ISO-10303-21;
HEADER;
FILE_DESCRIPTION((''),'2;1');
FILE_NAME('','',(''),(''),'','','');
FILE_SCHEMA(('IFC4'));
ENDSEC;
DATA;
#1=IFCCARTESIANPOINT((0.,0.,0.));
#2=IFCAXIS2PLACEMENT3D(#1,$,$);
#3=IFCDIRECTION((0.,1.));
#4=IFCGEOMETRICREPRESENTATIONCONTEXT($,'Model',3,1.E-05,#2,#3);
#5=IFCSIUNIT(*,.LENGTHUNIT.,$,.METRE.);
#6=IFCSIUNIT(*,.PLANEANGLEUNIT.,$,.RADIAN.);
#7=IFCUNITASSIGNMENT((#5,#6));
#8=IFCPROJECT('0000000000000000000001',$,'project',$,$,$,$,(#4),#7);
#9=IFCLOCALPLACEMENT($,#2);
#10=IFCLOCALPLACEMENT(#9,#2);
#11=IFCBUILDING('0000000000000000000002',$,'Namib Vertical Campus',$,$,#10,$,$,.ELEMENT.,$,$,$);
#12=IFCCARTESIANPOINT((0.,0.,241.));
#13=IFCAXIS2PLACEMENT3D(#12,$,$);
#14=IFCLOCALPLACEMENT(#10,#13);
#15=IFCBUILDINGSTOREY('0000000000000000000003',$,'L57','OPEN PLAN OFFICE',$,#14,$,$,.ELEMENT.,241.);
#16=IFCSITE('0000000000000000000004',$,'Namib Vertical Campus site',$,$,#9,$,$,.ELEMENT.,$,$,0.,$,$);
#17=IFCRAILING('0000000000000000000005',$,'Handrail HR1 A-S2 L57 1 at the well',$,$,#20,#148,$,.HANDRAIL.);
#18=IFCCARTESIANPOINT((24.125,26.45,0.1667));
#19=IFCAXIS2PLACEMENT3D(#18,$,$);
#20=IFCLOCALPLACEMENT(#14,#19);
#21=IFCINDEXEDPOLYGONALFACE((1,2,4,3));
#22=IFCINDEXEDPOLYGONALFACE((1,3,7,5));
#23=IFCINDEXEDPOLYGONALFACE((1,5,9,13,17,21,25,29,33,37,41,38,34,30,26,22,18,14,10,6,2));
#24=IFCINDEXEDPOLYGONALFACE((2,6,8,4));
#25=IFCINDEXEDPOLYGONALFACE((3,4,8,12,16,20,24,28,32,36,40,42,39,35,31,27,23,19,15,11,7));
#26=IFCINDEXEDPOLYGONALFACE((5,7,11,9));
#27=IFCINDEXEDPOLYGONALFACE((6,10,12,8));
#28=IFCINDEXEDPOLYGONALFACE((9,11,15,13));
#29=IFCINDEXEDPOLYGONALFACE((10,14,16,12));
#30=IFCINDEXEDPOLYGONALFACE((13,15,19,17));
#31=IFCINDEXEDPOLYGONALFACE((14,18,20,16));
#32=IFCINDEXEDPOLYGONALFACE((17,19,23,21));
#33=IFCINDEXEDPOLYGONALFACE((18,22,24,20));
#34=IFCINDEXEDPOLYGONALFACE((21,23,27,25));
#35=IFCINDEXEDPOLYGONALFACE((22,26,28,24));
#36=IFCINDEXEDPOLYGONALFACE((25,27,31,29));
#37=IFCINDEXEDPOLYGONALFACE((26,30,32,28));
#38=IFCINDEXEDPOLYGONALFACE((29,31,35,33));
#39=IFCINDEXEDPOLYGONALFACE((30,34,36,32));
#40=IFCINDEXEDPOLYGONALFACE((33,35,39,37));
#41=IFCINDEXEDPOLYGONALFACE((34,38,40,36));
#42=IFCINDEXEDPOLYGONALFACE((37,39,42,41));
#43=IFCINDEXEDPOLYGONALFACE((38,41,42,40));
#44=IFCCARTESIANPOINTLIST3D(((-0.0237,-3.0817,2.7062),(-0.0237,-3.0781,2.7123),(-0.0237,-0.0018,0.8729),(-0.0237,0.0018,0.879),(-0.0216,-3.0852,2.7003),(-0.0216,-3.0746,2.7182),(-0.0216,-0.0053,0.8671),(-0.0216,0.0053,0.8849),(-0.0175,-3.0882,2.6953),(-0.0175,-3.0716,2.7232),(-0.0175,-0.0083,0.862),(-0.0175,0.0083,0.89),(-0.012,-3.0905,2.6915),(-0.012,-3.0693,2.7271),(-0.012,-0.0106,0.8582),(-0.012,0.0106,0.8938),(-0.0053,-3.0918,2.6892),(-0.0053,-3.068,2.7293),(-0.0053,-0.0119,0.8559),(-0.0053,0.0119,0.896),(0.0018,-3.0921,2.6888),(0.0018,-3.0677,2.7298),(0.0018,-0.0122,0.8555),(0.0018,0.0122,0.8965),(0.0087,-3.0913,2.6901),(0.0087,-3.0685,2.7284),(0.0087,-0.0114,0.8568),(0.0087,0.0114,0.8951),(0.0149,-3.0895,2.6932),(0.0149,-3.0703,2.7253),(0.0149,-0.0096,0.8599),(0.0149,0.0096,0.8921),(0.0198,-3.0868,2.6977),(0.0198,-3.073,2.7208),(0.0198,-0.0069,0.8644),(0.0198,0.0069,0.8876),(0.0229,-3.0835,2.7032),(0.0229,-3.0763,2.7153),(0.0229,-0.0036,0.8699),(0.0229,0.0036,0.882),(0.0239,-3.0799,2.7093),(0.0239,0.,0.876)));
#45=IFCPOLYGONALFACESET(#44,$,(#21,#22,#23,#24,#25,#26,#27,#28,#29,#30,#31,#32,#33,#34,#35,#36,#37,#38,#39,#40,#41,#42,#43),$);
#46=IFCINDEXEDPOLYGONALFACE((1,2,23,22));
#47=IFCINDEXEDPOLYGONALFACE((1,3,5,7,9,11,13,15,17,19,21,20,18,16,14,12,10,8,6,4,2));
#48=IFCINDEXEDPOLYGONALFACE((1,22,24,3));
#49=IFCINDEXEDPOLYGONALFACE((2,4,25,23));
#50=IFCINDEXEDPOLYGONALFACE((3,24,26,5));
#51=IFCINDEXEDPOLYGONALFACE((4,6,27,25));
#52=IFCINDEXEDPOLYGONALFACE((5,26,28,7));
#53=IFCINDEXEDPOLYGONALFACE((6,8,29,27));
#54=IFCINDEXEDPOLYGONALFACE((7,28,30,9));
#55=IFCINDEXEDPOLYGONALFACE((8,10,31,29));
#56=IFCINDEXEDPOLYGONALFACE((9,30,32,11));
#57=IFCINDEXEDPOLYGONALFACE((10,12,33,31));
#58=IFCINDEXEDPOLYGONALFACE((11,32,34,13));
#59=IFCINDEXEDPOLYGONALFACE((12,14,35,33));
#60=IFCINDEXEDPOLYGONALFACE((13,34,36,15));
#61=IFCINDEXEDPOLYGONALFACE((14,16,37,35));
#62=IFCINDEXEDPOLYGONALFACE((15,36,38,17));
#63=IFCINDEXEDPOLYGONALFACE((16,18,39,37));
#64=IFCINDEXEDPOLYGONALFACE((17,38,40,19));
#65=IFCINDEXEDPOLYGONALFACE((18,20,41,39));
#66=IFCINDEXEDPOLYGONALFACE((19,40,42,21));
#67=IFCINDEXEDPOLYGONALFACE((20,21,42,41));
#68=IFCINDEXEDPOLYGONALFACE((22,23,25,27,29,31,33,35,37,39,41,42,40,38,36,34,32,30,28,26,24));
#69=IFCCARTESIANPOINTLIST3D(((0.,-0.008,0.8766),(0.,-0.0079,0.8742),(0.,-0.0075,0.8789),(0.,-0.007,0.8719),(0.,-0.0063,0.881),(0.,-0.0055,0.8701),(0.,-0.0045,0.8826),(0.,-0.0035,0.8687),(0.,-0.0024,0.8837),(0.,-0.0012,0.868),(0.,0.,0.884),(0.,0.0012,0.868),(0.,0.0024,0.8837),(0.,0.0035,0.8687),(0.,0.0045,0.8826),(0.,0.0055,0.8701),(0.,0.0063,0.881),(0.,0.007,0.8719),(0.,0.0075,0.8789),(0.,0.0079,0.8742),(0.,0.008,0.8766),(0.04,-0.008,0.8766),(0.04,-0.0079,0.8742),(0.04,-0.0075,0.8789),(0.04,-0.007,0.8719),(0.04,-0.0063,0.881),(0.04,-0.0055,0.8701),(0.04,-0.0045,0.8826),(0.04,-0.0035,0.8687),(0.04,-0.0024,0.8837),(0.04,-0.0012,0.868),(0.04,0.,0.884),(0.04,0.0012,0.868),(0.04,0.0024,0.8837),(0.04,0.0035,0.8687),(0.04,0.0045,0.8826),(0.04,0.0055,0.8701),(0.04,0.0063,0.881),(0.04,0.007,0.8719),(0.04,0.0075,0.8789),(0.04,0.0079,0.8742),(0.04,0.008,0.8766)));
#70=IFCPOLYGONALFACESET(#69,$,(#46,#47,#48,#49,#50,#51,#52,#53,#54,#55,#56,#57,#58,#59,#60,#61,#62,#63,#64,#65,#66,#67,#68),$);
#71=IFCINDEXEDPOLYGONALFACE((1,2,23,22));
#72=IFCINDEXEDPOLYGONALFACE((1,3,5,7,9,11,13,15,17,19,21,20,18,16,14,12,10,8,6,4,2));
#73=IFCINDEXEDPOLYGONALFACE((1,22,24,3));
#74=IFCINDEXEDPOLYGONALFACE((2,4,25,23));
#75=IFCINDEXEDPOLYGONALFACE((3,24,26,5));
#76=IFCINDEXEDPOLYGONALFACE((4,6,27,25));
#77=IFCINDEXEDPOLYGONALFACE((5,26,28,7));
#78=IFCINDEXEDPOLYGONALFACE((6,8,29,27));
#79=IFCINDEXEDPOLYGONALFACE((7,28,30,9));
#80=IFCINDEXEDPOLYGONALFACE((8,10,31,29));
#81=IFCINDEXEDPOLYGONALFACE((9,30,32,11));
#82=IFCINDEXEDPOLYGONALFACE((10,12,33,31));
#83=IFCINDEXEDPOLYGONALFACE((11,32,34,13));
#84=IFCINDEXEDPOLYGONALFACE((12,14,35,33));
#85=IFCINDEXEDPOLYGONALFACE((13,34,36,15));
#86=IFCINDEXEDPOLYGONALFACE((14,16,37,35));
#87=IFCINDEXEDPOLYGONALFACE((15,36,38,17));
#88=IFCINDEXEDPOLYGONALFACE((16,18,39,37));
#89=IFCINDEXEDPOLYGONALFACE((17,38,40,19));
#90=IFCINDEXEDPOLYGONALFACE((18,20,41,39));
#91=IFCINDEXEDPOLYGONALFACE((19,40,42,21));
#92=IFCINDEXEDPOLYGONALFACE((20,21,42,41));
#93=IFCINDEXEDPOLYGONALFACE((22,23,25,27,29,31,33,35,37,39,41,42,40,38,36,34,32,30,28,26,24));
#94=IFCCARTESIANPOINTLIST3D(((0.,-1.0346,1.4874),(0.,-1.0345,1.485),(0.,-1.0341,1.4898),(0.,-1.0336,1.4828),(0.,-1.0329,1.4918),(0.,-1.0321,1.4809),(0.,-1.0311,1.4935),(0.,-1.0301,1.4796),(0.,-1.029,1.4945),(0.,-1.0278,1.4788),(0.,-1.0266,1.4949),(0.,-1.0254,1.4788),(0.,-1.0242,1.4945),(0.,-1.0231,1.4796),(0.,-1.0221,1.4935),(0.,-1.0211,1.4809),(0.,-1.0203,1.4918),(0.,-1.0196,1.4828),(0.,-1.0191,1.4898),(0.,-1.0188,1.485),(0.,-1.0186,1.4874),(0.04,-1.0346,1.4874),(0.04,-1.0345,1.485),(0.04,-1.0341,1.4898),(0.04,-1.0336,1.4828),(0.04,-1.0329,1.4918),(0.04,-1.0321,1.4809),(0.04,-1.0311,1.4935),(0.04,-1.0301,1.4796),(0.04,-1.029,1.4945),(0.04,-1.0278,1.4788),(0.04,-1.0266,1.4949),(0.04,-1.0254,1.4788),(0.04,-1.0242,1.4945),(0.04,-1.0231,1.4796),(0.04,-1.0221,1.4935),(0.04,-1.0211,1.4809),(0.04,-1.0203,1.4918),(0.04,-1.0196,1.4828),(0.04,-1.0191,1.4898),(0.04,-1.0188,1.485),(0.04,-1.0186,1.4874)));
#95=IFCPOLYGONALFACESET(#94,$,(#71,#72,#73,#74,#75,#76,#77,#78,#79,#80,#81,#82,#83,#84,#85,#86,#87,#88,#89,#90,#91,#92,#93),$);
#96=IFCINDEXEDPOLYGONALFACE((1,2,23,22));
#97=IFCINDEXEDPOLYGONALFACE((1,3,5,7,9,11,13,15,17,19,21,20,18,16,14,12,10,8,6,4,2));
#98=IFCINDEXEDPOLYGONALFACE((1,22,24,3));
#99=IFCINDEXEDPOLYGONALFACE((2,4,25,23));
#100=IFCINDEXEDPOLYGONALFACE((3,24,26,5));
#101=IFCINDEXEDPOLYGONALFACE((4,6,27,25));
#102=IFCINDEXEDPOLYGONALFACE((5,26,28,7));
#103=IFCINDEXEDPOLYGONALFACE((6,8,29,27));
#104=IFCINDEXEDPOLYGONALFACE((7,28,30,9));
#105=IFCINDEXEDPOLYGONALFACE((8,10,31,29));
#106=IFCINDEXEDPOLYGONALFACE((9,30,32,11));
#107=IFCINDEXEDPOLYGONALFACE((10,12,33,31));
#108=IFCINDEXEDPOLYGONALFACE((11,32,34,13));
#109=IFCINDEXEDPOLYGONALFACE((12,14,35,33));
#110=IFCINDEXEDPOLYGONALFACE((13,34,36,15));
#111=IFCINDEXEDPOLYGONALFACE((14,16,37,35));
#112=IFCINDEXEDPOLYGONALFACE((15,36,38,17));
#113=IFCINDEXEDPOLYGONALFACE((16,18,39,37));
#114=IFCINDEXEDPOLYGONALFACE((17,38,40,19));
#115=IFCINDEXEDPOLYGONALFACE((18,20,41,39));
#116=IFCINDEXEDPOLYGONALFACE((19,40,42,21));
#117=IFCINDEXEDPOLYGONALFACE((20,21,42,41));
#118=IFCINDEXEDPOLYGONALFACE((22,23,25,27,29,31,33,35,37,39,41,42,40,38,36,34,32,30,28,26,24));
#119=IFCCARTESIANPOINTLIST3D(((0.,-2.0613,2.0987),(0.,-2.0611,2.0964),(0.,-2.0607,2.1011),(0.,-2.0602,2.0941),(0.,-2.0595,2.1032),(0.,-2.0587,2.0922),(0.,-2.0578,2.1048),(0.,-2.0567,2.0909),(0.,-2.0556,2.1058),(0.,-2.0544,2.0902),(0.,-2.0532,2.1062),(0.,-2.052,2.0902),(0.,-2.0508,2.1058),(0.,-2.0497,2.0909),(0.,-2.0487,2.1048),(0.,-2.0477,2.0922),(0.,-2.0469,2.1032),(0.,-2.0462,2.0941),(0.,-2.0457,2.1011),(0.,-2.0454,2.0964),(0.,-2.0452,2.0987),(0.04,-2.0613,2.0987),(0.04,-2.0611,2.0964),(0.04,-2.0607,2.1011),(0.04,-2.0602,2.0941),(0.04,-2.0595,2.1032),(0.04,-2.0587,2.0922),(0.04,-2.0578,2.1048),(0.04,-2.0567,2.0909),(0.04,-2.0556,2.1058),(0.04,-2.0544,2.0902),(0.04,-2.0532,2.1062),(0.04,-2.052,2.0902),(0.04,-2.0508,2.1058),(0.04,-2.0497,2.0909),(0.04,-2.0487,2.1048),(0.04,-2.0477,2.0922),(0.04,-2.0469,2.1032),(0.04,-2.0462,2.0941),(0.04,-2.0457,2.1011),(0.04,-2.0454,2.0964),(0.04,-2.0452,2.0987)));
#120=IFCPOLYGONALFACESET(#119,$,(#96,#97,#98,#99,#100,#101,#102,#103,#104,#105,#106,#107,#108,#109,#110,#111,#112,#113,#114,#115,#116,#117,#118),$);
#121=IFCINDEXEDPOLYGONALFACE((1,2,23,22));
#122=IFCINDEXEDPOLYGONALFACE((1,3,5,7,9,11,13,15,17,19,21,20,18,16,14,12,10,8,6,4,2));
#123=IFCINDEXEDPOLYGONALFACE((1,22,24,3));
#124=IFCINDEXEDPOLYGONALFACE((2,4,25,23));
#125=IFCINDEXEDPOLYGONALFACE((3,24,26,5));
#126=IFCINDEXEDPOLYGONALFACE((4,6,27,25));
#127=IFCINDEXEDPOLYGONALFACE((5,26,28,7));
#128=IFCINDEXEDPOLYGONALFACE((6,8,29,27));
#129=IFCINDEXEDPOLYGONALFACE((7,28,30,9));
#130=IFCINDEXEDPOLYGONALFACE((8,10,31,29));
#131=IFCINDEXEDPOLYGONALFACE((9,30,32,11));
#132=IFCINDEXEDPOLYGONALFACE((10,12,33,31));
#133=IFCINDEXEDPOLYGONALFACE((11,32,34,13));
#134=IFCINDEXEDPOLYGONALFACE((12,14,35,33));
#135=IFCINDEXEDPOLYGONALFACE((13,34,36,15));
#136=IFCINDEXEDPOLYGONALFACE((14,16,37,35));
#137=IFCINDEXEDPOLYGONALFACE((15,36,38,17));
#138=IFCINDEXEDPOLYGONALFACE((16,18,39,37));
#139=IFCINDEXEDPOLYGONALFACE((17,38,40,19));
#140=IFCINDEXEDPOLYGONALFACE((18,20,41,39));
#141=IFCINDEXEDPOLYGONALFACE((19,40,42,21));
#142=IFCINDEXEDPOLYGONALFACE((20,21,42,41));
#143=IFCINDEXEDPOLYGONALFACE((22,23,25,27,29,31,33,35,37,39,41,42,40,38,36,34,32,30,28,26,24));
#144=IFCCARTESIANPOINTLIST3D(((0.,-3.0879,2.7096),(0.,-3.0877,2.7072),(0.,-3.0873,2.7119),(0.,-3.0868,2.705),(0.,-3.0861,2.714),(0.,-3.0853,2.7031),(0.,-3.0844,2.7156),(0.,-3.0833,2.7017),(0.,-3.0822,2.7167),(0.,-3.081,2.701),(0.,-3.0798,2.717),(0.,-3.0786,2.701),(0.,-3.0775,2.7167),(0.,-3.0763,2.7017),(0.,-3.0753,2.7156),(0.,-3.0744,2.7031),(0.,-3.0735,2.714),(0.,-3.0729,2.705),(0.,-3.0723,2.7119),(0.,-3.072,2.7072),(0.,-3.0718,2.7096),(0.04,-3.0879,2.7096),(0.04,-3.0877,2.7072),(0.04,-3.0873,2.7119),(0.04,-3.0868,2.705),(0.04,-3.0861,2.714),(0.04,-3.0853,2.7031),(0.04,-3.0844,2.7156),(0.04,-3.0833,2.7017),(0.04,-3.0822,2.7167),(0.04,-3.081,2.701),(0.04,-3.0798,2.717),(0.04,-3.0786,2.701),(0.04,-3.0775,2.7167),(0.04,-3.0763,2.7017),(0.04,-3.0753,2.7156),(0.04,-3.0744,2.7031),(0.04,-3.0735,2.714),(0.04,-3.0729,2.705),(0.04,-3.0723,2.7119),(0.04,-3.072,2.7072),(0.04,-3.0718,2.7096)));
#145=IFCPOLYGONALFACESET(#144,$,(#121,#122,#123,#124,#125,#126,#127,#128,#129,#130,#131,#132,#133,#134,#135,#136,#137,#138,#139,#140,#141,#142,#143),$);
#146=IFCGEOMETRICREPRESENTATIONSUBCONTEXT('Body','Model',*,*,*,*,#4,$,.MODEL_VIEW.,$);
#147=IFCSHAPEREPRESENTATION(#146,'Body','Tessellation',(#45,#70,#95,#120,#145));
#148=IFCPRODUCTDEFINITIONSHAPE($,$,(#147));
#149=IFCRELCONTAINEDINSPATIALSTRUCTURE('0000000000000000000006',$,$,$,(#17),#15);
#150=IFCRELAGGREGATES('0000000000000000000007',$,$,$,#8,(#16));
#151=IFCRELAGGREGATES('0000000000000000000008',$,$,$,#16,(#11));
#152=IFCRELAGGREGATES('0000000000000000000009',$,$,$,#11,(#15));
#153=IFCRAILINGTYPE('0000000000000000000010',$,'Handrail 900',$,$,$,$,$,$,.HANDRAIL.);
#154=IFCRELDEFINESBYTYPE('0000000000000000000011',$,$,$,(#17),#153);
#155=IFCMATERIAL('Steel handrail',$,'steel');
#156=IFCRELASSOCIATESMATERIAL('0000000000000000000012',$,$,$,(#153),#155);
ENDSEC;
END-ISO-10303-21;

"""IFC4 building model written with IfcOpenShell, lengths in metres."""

from ifc_helpers import new_model, si_unit, direction, frame, origin, origin_2d, place, context, subcontext, project, spatial, circle, extrude, material, type_object, element, save


model = new_model("IFC4")

# Units and contexts
model_context = context("Model", 3, precision=1e-05, world=origin(), true_north=direction((0.0, 1.0)))
body_context = subcontext(model_context, "Body", "Model", "MODEL_VIEW")
ifc_project = project(units=[si_unit("LENGTHUNIT", "METRE"), si_unit("PLANEANGLEUNIT", "RADIAN")], contexts=[model_context])

# Site, building, storey
site_placement = place(None, origin())
site = spatial("IfcSite", under=ifc_project, at=site_placement, Name="Namib Vertical Campus site", CompositionType="ELEMENT", RefElevation=0.0)
building_placement = place(site_placement, origin())
building = spatial("IfcBuilding", under=site, at=building_placement, Name="Namib Vertical Campus", CompositionType="ELEMENT")
storey_placement = place(building_placement, frame((0.0, 0.0, 241.0)))
storey = spatial("IfcBuildingStorey", under=building, at=storey_placement, Name="L57", Description="OPEN PLAN OFFICE", CompositionType="ELEMENT", Elevation=241.0)

# Railing
ifc_material_1 = material(Name="Steel handrail", Category="steel")
railing_type_1 = type_object("IfcRailingType", Name="Handrail 900", PredefinedType="HANDRAIL", material=ifc_material_1)
railing_1_placement = place(storey_placement, frame((24.125, 26.45, 0.1667)))
element("IfcRailing", 1, at=railing_1_placement, inside=storey, type_object=railing_type_1, Name="Handrail HR1 A-S2 L57 1 at the well", PredefinedType="HANDRAIL", context=body_context, shape_type="SweptSolid", body=[
    extrude(circle(Radius=0.0239, at=origin_2d()), frame((0.0, 0.0, 0.876), z_axis=(0.0, -0.859291, 0.511487), x_axis=(1.0, 0.0, 0.0)), (0.0, 0.0, 1.0), 3.5842),
    extrude(circle(Radius=0.0081, at=origin_2d()), frame((0.0, 0.0, 0.876), z_axis=(1.0, 0.0, 0.0), x_axis=(0.0, 0.0, 1.0)), (0.0, 0.0, 1.0), 0.04),
    extrude(circle(Radius=0.0081, at=origin_2d()), frame((0.0, -1.0266, 1.4868), z_axis=(1.0, 0.0, 0.0), x_axis=(0.0, 0.0, 1.0)), (0.0, 0.0, 1.0), 0.04),
    extrude(circle(Radius=0.0081, at=origin_2d()), frame((0.0, -2.0532, 2.0981), z_axis=(1.0, 0.0, 0.0), x_axis=(0.0, 0.0, 1.0)), (0.0, 0.0, 1.0), 0.04),
    extrude(circle(Radius=0.0081, at=origin_2d()), frame((0.0, -3.0798, 2.709), z_axis=(1.0, 0.0, 0.0), x_axis=(0.0, 0.0, 1.0)), (0.0, 0.0, 1.0), 0.04),
])

save(model, "model.ifc")
